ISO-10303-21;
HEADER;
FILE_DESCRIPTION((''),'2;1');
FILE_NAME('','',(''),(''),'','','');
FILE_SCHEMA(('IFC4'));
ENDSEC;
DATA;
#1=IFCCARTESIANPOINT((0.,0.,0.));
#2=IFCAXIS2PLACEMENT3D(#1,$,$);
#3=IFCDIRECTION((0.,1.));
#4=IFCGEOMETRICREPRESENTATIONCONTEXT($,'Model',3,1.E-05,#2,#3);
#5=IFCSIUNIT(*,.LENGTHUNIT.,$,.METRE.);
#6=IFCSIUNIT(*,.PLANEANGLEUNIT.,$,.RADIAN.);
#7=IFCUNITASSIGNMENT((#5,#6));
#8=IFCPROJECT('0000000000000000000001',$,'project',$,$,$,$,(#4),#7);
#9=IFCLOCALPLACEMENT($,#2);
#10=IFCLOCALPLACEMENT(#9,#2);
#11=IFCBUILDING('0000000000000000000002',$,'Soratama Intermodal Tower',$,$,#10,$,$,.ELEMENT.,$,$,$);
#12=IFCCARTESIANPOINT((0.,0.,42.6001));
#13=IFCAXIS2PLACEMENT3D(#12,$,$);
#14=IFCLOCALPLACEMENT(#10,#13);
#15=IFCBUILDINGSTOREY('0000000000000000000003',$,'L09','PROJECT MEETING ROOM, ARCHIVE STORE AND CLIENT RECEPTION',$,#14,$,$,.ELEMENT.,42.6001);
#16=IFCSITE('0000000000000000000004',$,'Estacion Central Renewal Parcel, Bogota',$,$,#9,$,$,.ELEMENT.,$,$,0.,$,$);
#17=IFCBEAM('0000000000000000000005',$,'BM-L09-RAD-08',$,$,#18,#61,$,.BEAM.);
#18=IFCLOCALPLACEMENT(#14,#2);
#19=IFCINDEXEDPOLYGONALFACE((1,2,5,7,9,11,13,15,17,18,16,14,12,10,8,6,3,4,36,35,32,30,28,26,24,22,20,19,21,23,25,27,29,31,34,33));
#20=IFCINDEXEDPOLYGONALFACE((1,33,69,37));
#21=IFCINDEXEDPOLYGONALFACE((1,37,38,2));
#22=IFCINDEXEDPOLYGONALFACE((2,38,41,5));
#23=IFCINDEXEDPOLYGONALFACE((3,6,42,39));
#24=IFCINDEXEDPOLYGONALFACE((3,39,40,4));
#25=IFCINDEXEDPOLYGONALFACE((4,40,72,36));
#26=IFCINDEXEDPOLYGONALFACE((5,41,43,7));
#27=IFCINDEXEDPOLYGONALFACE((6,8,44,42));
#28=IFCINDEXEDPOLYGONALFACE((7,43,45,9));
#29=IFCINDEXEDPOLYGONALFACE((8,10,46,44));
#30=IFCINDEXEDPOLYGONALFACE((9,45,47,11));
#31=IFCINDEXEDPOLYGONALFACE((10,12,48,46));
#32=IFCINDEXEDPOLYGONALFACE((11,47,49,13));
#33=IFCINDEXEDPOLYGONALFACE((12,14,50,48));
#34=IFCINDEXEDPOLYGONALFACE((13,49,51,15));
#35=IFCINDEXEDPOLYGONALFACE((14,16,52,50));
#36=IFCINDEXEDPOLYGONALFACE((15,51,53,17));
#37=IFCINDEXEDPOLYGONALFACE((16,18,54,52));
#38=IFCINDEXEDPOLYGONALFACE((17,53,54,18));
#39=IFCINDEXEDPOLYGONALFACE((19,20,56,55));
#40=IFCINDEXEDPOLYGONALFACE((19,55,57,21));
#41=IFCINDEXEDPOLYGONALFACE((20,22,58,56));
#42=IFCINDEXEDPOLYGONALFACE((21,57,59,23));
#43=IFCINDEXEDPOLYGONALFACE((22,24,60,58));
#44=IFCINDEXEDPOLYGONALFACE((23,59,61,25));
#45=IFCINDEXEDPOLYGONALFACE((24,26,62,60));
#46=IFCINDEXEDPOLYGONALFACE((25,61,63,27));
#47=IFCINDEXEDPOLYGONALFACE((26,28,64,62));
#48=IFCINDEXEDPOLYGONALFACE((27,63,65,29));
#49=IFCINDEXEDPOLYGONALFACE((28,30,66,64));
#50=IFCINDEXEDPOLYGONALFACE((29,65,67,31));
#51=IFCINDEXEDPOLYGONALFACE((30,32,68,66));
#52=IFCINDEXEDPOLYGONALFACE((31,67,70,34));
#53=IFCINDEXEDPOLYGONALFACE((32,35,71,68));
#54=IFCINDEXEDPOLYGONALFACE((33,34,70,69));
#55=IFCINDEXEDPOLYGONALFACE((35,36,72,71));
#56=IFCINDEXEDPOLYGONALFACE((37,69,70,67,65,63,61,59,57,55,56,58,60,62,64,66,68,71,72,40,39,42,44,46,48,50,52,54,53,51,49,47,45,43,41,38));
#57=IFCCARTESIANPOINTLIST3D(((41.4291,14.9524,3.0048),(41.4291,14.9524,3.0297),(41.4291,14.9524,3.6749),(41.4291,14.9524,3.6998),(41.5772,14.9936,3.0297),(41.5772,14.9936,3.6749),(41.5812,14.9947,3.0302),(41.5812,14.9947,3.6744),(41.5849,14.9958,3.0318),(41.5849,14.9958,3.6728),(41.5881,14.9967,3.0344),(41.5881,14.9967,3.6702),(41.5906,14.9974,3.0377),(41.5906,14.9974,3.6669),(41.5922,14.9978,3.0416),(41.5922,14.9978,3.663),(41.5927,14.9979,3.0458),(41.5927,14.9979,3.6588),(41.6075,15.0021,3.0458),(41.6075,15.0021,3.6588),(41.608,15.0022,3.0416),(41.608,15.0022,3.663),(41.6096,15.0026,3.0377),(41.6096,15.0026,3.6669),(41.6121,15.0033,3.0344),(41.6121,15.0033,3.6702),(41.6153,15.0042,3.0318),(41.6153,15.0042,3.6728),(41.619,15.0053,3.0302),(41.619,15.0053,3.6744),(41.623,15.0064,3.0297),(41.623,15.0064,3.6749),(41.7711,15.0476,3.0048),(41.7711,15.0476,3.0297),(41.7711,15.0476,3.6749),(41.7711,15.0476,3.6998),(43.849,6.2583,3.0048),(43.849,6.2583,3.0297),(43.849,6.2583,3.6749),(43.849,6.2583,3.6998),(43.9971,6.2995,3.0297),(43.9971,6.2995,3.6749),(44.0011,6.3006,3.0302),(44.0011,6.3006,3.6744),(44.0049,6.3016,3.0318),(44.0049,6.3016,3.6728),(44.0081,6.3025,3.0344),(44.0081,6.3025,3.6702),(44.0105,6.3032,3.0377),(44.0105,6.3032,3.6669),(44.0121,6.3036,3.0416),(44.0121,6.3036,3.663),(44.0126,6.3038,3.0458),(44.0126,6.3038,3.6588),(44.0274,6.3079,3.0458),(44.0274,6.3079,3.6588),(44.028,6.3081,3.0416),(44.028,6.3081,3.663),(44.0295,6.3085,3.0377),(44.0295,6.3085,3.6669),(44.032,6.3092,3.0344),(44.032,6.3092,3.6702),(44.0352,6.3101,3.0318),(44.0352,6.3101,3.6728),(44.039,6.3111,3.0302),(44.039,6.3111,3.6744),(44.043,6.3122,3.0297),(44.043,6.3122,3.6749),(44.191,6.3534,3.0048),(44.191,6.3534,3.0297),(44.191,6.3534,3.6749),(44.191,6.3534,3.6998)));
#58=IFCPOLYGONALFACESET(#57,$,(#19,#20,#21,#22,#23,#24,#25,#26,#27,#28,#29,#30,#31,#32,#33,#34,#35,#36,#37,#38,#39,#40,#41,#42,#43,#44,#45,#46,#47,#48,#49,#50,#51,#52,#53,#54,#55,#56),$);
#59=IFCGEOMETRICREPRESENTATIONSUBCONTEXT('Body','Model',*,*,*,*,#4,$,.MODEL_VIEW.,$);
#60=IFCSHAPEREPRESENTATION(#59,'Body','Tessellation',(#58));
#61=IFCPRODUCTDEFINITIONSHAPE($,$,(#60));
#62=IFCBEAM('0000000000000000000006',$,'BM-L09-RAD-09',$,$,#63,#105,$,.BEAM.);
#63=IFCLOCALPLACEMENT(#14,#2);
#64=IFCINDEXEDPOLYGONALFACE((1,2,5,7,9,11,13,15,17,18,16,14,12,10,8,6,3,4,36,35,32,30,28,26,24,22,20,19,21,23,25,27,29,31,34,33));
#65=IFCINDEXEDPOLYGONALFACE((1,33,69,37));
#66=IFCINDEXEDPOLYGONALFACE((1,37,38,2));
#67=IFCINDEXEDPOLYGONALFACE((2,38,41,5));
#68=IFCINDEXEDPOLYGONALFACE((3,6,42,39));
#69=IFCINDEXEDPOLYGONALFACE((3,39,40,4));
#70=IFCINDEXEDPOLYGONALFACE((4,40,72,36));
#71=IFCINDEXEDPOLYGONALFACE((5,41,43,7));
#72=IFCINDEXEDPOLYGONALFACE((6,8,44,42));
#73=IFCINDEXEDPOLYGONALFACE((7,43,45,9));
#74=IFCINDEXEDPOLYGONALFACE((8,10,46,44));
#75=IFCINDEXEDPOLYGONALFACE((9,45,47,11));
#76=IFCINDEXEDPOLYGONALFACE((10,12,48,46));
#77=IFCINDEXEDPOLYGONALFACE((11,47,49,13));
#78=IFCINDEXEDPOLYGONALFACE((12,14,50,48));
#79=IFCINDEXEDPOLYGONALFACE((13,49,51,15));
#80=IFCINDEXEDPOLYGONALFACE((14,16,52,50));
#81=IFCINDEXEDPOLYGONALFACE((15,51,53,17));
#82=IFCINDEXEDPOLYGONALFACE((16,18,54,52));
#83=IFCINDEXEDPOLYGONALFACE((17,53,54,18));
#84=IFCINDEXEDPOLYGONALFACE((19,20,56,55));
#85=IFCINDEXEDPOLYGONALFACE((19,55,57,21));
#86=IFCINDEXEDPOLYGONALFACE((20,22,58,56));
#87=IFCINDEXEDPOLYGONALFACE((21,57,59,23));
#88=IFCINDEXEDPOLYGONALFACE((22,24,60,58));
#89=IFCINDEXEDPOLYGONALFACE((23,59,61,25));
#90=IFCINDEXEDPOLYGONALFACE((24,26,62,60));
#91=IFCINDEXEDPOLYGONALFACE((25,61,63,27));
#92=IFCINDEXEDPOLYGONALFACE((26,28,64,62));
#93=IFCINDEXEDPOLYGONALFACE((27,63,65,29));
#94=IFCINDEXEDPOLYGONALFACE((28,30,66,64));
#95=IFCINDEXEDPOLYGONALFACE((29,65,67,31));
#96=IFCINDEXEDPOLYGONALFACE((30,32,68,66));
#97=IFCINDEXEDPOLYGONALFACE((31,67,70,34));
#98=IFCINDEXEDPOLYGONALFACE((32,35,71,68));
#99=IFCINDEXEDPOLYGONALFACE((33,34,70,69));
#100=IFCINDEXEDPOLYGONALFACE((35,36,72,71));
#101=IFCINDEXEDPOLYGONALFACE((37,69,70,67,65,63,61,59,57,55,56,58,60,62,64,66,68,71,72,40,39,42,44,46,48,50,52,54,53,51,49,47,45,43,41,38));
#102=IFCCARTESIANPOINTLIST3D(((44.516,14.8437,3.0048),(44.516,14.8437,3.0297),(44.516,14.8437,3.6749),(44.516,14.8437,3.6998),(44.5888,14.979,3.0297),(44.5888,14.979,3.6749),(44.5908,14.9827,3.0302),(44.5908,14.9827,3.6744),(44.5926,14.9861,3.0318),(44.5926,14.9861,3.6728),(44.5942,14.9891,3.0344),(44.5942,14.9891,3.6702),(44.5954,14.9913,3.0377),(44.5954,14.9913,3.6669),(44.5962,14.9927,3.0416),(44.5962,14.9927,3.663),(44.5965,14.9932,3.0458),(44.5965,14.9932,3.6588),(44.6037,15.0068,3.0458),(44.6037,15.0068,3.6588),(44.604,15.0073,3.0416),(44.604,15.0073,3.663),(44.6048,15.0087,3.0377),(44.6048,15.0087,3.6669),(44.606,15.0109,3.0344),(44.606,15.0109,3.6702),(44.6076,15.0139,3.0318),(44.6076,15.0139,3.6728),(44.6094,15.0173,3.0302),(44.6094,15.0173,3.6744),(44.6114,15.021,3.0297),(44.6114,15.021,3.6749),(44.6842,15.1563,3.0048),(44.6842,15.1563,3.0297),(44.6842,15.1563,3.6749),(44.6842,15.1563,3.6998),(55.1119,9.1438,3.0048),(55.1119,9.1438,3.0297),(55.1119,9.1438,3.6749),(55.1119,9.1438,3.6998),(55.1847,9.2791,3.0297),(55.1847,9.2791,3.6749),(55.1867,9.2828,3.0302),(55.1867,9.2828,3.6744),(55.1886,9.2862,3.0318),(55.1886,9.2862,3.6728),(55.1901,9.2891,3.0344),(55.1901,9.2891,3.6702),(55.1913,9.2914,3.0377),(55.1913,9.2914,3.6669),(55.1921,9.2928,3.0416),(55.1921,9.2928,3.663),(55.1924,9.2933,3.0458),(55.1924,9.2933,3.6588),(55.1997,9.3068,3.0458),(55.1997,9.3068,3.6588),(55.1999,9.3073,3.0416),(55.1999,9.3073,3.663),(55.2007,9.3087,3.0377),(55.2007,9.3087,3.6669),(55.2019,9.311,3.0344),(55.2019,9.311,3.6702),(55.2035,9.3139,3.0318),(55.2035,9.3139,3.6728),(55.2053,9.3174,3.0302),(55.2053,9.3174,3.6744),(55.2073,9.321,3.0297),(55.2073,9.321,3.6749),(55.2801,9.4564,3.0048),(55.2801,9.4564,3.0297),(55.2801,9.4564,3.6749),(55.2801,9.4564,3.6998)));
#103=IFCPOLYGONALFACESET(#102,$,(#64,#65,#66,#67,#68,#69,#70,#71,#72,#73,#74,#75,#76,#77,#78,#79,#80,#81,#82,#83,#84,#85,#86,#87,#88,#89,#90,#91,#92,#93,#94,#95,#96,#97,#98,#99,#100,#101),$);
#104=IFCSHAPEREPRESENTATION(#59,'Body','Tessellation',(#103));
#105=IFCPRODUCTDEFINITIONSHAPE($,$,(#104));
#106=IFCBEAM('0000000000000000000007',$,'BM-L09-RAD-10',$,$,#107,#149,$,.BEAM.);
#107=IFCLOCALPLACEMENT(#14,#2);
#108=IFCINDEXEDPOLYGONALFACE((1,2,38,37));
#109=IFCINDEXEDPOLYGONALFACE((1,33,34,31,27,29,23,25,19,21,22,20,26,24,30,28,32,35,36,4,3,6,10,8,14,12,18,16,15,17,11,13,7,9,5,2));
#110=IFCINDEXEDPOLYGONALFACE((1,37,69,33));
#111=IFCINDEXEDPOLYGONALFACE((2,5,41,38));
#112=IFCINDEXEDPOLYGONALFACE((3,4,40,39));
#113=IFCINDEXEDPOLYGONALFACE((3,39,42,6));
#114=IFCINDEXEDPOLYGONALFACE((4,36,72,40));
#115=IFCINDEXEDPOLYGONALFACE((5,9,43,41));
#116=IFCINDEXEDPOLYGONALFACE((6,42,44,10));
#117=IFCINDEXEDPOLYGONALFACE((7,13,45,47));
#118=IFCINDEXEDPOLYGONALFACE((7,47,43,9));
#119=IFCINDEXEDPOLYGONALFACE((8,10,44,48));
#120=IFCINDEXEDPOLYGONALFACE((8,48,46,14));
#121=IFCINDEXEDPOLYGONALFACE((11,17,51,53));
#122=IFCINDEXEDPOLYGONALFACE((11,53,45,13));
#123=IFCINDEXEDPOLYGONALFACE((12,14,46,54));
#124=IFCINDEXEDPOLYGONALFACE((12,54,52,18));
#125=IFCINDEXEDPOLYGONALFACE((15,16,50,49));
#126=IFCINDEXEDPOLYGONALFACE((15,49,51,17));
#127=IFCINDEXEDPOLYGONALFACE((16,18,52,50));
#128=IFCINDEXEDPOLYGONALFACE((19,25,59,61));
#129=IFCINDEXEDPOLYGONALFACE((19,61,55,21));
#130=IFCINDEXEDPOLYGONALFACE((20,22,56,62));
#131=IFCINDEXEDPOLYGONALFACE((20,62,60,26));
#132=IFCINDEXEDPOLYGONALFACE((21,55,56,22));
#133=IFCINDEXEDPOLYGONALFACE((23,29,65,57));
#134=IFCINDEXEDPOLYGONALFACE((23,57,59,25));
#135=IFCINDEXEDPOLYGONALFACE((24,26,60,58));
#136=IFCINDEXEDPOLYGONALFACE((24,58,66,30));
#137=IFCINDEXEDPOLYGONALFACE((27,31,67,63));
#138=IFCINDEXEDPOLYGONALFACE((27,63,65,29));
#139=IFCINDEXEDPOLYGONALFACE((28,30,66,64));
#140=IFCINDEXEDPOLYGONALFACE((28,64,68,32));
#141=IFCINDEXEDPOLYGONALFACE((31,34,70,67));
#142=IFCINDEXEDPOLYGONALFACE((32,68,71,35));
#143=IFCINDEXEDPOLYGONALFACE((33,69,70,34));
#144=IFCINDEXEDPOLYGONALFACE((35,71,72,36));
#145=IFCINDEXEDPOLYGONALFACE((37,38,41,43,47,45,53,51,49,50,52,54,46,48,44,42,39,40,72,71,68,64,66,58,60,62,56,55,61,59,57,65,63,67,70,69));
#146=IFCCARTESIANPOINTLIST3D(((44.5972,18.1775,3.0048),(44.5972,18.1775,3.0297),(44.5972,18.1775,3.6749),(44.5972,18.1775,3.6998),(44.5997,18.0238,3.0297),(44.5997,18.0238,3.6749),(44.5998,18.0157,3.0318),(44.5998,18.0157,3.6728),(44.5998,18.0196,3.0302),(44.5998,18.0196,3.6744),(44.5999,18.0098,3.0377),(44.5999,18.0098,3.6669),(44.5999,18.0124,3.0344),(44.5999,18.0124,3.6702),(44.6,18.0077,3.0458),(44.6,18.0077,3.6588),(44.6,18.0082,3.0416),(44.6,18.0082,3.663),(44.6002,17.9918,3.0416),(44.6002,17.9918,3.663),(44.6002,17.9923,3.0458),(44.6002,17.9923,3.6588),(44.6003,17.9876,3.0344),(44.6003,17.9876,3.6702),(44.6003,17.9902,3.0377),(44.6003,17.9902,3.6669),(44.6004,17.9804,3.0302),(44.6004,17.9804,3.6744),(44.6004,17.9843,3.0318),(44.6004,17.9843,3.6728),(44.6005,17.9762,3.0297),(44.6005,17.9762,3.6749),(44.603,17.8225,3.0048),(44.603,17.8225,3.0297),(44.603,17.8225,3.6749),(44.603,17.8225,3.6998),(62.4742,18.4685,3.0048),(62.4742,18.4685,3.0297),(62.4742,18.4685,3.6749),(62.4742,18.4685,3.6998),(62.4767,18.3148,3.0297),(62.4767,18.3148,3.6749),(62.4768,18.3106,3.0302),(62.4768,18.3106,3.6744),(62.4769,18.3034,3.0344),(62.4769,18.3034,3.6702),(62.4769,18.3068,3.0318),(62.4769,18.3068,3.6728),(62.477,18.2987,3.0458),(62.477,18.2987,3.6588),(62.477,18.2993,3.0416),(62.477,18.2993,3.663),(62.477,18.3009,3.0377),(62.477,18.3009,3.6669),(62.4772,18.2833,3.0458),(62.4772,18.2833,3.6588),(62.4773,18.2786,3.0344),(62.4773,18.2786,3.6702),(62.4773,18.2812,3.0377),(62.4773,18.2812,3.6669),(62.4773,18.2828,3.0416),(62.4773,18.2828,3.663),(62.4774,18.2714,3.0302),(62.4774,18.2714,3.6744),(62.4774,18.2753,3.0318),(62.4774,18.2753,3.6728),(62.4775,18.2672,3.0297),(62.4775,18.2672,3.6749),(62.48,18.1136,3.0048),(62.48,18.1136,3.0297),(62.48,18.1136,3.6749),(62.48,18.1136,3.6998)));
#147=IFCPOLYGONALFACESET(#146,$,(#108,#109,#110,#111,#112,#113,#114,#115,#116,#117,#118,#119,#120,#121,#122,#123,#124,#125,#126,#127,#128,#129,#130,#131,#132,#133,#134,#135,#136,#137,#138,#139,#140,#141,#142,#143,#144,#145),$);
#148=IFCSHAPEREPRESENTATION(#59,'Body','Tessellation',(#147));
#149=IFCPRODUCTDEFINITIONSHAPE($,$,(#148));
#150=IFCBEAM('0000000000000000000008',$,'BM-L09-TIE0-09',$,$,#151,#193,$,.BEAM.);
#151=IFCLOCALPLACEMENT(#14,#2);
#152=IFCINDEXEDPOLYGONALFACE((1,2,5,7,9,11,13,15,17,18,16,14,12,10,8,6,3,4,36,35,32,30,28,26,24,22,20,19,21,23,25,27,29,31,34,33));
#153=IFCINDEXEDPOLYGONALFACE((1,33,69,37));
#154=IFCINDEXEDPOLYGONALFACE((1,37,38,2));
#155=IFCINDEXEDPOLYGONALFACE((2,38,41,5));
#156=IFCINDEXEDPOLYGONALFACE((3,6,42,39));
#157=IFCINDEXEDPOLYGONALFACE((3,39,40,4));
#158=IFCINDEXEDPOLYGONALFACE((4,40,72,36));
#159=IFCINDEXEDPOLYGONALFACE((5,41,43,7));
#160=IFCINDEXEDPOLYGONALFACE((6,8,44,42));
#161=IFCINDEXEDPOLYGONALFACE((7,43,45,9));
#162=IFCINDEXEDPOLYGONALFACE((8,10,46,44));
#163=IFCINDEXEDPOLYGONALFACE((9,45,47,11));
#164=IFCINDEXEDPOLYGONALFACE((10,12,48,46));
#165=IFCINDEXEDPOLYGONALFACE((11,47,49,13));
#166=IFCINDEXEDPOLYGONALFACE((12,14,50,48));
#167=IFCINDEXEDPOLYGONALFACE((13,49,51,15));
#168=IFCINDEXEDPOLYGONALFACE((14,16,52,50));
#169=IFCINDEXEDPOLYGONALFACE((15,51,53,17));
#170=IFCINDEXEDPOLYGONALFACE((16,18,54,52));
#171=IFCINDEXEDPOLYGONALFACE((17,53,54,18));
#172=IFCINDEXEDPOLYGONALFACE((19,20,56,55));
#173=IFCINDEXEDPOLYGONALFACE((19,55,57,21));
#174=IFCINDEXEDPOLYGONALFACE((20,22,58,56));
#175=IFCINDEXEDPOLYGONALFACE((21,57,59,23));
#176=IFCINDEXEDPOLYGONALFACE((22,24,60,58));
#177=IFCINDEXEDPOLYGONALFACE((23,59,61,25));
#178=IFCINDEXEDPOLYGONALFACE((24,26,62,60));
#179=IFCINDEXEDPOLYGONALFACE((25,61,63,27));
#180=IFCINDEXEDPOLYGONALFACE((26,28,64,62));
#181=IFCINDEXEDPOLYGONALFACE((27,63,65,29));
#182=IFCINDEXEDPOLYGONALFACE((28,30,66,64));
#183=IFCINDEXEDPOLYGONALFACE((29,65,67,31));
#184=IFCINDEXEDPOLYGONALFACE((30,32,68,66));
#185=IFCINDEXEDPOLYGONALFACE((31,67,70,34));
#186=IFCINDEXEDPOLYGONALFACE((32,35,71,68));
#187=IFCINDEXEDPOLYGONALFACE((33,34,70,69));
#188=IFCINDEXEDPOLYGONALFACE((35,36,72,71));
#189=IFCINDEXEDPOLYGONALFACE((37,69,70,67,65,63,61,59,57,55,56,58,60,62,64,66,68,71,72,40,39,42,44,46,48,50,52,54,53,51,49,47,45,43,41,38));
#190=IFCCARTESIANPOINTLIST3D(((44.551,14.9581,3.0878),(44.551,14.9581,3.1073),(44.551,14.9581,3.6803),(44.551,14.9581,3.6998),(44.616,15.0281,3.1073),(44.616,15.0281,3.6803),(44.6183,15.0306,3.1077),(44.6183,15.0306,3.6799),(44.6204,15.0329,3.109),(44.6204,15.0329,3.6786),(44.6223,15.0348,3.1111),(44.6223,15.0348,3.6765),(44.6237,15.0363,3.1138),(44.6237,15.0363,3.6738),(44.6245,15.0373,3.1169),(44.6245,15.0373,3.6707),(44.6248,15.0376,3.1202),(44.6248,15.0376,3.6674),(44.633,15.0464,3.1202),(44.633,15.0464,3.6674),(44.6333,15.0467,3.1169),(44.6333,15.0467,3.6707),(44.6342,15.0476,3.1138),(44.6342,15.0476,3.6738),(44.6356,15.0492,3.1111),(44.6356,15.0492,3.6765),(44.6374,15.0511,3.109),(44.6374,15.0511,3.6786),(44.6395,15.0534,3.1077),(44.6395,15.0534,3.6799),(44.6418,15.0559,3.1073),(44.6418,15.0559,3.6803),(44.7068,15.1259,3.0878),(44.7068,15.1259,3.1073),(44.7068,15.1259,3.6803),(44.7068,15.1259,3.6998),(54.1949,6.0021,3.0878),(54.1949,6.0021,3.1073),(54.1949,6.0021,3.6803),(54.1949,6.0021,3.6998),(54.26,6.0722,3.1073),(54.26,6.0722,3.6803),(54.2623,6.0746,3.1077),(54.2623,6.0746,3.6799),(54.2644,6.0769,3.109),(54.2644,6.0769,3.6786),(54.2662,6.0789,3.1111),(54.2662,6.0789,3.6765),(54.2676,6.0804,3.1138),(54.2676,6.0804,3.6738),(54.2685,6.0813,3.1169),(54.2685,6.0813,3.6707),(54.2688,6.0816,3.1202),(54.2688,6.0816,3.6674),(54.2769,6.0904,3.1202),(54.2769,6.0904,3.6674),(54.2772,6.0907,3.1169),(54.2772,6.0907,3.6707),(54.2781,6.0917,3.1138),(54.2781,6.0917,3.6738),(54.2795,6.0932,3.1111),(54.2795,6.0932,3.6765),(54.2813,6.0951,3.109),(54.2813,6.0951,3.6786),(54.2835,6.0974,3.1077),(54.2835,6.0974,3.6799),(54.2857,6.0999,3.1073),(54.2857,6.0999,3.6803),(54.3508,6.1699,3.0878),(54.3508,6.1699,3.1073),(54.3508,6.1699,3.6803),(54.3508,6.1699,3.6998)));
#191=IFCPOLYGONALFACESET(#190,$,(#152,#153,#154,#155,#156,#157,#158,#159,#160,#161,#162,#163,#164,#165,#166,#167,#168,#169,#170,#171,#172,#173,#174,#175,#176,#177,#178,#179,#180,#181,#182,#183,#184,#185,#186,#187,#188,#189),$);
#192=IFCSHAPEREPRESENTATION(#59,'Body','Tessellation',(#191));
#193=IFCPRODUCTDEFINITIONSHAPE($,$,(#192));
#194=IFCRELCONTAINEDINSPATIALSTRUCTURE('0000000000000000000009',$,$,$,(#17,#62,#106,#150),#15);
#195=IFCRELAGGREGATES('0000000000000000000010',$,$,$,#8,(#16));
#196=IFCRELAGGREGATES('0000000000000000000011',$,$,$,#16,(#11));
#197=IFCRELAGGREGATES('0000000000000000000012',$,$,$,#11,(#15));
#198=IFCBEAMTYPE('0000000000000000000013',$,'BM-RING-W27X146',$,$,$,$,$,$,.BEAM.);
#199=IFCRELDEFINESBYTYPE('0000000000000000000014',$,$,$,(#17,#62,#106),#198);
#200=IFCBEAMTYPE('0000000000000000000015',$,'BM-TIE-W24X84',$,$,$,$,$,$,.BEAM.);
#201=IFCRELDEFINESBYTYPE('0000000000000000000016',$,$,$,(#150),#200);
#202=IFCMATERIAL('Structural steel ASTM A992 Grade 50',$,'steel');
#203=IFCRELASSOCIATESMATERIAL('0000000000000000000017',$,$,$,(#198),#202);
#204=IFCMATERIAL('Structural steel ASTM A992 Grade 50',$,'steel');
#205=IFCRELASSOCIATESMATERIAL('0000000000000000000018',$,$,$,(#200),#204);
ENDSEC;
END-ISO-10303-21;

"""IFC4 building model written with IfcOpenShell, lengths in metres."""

from ifc_helpers import new_model, si_unit, direction, frame, origin, origin_2d, place, context, subcontext, project, spatial, i_section, extrude, material, material_profile, profile_set, type_object, element, save


model = new_model("IFC4")

# Units and contexts
model_context = context("Model", 3, precision=1e-05, world=origin(), true_north=direction((0.0, 1.0)))
body_context = subcontext(model_context, "Body", "Model", "MODEL_VIEW")
ifc_project = project(units=[si_unit("LENGTHUNIT", "METRE"), si_unit("PLANEANGLEUNIT", "RADIAN")], contexts=[model_context])

# Site, building, storey
site_placement = place(None, origin())
site = spatial("IfcSite", under=ifc_project, at=site_placement, Name="Estacion Central Renewal Parcel, Bogota", CompositionType="ELEMENT", RefElevation=0.0)
building_placement = place(site_placement, origin())
building = spatial("IfcBuilding", under=site, at=building_placement, Name="Soratama Intermodal Tower", CompositionType="ELEMENT")
storey_placement = place(building_placement, frame((0.0, 0.0, 42.6001)))
storey = spatial("IfcBuildingStorey", under=building, at=storey_placement, Name="L09", Description="PROJECT MEETING ROOM, ARCHIVE STORE AND CLIENT RECEPTION", CompositionType="ELEMENT", Elevation=42.6001)

# Beams
ifc_material_1 = material(Name="Structural steel ASTM A992 Grade 50", Category="steel")
ifc_material_profile_1 = material_profile(ifc_material_1, i_section(OverallWidth=0.355, OverallDepth=0.6951, WebThickness=0.0154, FlangeThickness=0.0249, FilletRadius=0.0161, at=origin_2d()), Name="W27X146")
ifc_profile_set_1 = profile_set([ifc_material_profile_1], Name="Structural steel ASTM A992 Grade 50")
beam_type_1 = type_object("IfcBeamType", Name="BM-RING-W27X146", PredefinedType="BEAM", material=ifc_profile_set_1)
beam_1_placement = place(storey_placement, frame((41.6001, 15.0, 3.3523), z_axis=(0.268148, -0.963378, 0.0), x_axis=(0.963378, 0.268148, 0.0)))
element("IfcBeam", 1, at=beam_1_placement, inside=storey, type_object=beam_type_1, Name="BM-L09-RAD-08", PredefinedType="BEAM", context=body_context, shape_type="SweptSolid", body=[
    extrude(i_section(OverallWidth=0.355, OverallDepth=0.6951, WebThickness=0.0154, FlangeThickness=0.0249, FilletRadius=0.0161, at=origin_2d()), origin(), (0.0, 0.0, 1.0), 9.0247),
])
beam_2_placement = place(storey_placement, frame((44.6001, 15.0, 3.3523), z_axis=(0.880664, -0.473742, 0.0), x_axis=(0.473742, 0.880664, 0.0)))
element("IfcBeam", 2, at=beam_2_placement, inside=storey, type_object=beam_type_1, Name="BM-L09-RAD-09", PredefinedType="BEAM", context=body_context, shape_type="SweptSolid", body=[
    extrude(i_section(OverallWidth=0.355, OverallDepth=0.6951, WebThickness=0.0154, FlangeThickness=0.0249, FilletRadius=0.0161, at=origin_2d()), origin(), (0.0, 0.0, 1.0), 12.0317),
])
beam_3_placement = place(storey_placement, frame((44.6001, 18.0, 3.3523), z_axis=(0.999868, 0.016277, 0.0), x_axis=(-0.016277, 0.999868, 0.0)))
element("IfcBeam", 3, at=beam_3_placement, inside=storey, type_object=beam_type_1, Name="BM-L09-RAD-10", PredefinedType="BEAM", context=body_context, shape_type="SweptSolid", body=[
    extrude(i_section(OverallWidth=0.355, OverallDepth=0.6951, WebThickness=0.0154, FlangeThickness=0.0249, FilletRadius=0.0161, at=origin_2d()), origin(), (0.0, 0.0, 1.0), 17.8794),
])
ifc_material_2 = material(Name="Structural steel ASTM A992 Grade 50", Category="steel")
ifc_material_profile_2 = material_profile(ifc_material_2, i_section(OverallWidth=0.229, OverallDepth=0.6121, WebThickness=0.012, FlangeThickness=0.0195, FilletRadius=0.0129, at=origin_2d()), Name="W24X84")
ifc_profile_set_2 = profile_set([ifc_material_profile_2], Name="Structural steel ASTM A992 Grade 50")
beam_type_2 = type_object("IfcBeamType", Name="BM-TIE-W24X84", PredefinedType="BEAM", material=ifc_profile_set_2)
beam_4_placement = place(storey_placement, frame((44.6289, 15.042, 3.3938), z_axis=(0.73276, -0.680487, 0.0), x_axis=(0.680487, 0.73276, 0.0)))
element("IfcBeam", 4, at=beam_4_placement, inside=storey, type_object=beam_type_2, Name="BM-L09-TIE0-09", PredefinedType="BEAM", context=body_context, shape_type="SweptSolid", body=[
    extrude(i_section(OverallWidth=0.229, OverallDepth=0.6121, WebThickness=0.012, FlangeThickness=0.0195, FilletRadius=0.0129, at=origin_2d()), origin(), (0.0, 0.0, 1.0), 13.1611),
])

save(model, "model.ifc")
